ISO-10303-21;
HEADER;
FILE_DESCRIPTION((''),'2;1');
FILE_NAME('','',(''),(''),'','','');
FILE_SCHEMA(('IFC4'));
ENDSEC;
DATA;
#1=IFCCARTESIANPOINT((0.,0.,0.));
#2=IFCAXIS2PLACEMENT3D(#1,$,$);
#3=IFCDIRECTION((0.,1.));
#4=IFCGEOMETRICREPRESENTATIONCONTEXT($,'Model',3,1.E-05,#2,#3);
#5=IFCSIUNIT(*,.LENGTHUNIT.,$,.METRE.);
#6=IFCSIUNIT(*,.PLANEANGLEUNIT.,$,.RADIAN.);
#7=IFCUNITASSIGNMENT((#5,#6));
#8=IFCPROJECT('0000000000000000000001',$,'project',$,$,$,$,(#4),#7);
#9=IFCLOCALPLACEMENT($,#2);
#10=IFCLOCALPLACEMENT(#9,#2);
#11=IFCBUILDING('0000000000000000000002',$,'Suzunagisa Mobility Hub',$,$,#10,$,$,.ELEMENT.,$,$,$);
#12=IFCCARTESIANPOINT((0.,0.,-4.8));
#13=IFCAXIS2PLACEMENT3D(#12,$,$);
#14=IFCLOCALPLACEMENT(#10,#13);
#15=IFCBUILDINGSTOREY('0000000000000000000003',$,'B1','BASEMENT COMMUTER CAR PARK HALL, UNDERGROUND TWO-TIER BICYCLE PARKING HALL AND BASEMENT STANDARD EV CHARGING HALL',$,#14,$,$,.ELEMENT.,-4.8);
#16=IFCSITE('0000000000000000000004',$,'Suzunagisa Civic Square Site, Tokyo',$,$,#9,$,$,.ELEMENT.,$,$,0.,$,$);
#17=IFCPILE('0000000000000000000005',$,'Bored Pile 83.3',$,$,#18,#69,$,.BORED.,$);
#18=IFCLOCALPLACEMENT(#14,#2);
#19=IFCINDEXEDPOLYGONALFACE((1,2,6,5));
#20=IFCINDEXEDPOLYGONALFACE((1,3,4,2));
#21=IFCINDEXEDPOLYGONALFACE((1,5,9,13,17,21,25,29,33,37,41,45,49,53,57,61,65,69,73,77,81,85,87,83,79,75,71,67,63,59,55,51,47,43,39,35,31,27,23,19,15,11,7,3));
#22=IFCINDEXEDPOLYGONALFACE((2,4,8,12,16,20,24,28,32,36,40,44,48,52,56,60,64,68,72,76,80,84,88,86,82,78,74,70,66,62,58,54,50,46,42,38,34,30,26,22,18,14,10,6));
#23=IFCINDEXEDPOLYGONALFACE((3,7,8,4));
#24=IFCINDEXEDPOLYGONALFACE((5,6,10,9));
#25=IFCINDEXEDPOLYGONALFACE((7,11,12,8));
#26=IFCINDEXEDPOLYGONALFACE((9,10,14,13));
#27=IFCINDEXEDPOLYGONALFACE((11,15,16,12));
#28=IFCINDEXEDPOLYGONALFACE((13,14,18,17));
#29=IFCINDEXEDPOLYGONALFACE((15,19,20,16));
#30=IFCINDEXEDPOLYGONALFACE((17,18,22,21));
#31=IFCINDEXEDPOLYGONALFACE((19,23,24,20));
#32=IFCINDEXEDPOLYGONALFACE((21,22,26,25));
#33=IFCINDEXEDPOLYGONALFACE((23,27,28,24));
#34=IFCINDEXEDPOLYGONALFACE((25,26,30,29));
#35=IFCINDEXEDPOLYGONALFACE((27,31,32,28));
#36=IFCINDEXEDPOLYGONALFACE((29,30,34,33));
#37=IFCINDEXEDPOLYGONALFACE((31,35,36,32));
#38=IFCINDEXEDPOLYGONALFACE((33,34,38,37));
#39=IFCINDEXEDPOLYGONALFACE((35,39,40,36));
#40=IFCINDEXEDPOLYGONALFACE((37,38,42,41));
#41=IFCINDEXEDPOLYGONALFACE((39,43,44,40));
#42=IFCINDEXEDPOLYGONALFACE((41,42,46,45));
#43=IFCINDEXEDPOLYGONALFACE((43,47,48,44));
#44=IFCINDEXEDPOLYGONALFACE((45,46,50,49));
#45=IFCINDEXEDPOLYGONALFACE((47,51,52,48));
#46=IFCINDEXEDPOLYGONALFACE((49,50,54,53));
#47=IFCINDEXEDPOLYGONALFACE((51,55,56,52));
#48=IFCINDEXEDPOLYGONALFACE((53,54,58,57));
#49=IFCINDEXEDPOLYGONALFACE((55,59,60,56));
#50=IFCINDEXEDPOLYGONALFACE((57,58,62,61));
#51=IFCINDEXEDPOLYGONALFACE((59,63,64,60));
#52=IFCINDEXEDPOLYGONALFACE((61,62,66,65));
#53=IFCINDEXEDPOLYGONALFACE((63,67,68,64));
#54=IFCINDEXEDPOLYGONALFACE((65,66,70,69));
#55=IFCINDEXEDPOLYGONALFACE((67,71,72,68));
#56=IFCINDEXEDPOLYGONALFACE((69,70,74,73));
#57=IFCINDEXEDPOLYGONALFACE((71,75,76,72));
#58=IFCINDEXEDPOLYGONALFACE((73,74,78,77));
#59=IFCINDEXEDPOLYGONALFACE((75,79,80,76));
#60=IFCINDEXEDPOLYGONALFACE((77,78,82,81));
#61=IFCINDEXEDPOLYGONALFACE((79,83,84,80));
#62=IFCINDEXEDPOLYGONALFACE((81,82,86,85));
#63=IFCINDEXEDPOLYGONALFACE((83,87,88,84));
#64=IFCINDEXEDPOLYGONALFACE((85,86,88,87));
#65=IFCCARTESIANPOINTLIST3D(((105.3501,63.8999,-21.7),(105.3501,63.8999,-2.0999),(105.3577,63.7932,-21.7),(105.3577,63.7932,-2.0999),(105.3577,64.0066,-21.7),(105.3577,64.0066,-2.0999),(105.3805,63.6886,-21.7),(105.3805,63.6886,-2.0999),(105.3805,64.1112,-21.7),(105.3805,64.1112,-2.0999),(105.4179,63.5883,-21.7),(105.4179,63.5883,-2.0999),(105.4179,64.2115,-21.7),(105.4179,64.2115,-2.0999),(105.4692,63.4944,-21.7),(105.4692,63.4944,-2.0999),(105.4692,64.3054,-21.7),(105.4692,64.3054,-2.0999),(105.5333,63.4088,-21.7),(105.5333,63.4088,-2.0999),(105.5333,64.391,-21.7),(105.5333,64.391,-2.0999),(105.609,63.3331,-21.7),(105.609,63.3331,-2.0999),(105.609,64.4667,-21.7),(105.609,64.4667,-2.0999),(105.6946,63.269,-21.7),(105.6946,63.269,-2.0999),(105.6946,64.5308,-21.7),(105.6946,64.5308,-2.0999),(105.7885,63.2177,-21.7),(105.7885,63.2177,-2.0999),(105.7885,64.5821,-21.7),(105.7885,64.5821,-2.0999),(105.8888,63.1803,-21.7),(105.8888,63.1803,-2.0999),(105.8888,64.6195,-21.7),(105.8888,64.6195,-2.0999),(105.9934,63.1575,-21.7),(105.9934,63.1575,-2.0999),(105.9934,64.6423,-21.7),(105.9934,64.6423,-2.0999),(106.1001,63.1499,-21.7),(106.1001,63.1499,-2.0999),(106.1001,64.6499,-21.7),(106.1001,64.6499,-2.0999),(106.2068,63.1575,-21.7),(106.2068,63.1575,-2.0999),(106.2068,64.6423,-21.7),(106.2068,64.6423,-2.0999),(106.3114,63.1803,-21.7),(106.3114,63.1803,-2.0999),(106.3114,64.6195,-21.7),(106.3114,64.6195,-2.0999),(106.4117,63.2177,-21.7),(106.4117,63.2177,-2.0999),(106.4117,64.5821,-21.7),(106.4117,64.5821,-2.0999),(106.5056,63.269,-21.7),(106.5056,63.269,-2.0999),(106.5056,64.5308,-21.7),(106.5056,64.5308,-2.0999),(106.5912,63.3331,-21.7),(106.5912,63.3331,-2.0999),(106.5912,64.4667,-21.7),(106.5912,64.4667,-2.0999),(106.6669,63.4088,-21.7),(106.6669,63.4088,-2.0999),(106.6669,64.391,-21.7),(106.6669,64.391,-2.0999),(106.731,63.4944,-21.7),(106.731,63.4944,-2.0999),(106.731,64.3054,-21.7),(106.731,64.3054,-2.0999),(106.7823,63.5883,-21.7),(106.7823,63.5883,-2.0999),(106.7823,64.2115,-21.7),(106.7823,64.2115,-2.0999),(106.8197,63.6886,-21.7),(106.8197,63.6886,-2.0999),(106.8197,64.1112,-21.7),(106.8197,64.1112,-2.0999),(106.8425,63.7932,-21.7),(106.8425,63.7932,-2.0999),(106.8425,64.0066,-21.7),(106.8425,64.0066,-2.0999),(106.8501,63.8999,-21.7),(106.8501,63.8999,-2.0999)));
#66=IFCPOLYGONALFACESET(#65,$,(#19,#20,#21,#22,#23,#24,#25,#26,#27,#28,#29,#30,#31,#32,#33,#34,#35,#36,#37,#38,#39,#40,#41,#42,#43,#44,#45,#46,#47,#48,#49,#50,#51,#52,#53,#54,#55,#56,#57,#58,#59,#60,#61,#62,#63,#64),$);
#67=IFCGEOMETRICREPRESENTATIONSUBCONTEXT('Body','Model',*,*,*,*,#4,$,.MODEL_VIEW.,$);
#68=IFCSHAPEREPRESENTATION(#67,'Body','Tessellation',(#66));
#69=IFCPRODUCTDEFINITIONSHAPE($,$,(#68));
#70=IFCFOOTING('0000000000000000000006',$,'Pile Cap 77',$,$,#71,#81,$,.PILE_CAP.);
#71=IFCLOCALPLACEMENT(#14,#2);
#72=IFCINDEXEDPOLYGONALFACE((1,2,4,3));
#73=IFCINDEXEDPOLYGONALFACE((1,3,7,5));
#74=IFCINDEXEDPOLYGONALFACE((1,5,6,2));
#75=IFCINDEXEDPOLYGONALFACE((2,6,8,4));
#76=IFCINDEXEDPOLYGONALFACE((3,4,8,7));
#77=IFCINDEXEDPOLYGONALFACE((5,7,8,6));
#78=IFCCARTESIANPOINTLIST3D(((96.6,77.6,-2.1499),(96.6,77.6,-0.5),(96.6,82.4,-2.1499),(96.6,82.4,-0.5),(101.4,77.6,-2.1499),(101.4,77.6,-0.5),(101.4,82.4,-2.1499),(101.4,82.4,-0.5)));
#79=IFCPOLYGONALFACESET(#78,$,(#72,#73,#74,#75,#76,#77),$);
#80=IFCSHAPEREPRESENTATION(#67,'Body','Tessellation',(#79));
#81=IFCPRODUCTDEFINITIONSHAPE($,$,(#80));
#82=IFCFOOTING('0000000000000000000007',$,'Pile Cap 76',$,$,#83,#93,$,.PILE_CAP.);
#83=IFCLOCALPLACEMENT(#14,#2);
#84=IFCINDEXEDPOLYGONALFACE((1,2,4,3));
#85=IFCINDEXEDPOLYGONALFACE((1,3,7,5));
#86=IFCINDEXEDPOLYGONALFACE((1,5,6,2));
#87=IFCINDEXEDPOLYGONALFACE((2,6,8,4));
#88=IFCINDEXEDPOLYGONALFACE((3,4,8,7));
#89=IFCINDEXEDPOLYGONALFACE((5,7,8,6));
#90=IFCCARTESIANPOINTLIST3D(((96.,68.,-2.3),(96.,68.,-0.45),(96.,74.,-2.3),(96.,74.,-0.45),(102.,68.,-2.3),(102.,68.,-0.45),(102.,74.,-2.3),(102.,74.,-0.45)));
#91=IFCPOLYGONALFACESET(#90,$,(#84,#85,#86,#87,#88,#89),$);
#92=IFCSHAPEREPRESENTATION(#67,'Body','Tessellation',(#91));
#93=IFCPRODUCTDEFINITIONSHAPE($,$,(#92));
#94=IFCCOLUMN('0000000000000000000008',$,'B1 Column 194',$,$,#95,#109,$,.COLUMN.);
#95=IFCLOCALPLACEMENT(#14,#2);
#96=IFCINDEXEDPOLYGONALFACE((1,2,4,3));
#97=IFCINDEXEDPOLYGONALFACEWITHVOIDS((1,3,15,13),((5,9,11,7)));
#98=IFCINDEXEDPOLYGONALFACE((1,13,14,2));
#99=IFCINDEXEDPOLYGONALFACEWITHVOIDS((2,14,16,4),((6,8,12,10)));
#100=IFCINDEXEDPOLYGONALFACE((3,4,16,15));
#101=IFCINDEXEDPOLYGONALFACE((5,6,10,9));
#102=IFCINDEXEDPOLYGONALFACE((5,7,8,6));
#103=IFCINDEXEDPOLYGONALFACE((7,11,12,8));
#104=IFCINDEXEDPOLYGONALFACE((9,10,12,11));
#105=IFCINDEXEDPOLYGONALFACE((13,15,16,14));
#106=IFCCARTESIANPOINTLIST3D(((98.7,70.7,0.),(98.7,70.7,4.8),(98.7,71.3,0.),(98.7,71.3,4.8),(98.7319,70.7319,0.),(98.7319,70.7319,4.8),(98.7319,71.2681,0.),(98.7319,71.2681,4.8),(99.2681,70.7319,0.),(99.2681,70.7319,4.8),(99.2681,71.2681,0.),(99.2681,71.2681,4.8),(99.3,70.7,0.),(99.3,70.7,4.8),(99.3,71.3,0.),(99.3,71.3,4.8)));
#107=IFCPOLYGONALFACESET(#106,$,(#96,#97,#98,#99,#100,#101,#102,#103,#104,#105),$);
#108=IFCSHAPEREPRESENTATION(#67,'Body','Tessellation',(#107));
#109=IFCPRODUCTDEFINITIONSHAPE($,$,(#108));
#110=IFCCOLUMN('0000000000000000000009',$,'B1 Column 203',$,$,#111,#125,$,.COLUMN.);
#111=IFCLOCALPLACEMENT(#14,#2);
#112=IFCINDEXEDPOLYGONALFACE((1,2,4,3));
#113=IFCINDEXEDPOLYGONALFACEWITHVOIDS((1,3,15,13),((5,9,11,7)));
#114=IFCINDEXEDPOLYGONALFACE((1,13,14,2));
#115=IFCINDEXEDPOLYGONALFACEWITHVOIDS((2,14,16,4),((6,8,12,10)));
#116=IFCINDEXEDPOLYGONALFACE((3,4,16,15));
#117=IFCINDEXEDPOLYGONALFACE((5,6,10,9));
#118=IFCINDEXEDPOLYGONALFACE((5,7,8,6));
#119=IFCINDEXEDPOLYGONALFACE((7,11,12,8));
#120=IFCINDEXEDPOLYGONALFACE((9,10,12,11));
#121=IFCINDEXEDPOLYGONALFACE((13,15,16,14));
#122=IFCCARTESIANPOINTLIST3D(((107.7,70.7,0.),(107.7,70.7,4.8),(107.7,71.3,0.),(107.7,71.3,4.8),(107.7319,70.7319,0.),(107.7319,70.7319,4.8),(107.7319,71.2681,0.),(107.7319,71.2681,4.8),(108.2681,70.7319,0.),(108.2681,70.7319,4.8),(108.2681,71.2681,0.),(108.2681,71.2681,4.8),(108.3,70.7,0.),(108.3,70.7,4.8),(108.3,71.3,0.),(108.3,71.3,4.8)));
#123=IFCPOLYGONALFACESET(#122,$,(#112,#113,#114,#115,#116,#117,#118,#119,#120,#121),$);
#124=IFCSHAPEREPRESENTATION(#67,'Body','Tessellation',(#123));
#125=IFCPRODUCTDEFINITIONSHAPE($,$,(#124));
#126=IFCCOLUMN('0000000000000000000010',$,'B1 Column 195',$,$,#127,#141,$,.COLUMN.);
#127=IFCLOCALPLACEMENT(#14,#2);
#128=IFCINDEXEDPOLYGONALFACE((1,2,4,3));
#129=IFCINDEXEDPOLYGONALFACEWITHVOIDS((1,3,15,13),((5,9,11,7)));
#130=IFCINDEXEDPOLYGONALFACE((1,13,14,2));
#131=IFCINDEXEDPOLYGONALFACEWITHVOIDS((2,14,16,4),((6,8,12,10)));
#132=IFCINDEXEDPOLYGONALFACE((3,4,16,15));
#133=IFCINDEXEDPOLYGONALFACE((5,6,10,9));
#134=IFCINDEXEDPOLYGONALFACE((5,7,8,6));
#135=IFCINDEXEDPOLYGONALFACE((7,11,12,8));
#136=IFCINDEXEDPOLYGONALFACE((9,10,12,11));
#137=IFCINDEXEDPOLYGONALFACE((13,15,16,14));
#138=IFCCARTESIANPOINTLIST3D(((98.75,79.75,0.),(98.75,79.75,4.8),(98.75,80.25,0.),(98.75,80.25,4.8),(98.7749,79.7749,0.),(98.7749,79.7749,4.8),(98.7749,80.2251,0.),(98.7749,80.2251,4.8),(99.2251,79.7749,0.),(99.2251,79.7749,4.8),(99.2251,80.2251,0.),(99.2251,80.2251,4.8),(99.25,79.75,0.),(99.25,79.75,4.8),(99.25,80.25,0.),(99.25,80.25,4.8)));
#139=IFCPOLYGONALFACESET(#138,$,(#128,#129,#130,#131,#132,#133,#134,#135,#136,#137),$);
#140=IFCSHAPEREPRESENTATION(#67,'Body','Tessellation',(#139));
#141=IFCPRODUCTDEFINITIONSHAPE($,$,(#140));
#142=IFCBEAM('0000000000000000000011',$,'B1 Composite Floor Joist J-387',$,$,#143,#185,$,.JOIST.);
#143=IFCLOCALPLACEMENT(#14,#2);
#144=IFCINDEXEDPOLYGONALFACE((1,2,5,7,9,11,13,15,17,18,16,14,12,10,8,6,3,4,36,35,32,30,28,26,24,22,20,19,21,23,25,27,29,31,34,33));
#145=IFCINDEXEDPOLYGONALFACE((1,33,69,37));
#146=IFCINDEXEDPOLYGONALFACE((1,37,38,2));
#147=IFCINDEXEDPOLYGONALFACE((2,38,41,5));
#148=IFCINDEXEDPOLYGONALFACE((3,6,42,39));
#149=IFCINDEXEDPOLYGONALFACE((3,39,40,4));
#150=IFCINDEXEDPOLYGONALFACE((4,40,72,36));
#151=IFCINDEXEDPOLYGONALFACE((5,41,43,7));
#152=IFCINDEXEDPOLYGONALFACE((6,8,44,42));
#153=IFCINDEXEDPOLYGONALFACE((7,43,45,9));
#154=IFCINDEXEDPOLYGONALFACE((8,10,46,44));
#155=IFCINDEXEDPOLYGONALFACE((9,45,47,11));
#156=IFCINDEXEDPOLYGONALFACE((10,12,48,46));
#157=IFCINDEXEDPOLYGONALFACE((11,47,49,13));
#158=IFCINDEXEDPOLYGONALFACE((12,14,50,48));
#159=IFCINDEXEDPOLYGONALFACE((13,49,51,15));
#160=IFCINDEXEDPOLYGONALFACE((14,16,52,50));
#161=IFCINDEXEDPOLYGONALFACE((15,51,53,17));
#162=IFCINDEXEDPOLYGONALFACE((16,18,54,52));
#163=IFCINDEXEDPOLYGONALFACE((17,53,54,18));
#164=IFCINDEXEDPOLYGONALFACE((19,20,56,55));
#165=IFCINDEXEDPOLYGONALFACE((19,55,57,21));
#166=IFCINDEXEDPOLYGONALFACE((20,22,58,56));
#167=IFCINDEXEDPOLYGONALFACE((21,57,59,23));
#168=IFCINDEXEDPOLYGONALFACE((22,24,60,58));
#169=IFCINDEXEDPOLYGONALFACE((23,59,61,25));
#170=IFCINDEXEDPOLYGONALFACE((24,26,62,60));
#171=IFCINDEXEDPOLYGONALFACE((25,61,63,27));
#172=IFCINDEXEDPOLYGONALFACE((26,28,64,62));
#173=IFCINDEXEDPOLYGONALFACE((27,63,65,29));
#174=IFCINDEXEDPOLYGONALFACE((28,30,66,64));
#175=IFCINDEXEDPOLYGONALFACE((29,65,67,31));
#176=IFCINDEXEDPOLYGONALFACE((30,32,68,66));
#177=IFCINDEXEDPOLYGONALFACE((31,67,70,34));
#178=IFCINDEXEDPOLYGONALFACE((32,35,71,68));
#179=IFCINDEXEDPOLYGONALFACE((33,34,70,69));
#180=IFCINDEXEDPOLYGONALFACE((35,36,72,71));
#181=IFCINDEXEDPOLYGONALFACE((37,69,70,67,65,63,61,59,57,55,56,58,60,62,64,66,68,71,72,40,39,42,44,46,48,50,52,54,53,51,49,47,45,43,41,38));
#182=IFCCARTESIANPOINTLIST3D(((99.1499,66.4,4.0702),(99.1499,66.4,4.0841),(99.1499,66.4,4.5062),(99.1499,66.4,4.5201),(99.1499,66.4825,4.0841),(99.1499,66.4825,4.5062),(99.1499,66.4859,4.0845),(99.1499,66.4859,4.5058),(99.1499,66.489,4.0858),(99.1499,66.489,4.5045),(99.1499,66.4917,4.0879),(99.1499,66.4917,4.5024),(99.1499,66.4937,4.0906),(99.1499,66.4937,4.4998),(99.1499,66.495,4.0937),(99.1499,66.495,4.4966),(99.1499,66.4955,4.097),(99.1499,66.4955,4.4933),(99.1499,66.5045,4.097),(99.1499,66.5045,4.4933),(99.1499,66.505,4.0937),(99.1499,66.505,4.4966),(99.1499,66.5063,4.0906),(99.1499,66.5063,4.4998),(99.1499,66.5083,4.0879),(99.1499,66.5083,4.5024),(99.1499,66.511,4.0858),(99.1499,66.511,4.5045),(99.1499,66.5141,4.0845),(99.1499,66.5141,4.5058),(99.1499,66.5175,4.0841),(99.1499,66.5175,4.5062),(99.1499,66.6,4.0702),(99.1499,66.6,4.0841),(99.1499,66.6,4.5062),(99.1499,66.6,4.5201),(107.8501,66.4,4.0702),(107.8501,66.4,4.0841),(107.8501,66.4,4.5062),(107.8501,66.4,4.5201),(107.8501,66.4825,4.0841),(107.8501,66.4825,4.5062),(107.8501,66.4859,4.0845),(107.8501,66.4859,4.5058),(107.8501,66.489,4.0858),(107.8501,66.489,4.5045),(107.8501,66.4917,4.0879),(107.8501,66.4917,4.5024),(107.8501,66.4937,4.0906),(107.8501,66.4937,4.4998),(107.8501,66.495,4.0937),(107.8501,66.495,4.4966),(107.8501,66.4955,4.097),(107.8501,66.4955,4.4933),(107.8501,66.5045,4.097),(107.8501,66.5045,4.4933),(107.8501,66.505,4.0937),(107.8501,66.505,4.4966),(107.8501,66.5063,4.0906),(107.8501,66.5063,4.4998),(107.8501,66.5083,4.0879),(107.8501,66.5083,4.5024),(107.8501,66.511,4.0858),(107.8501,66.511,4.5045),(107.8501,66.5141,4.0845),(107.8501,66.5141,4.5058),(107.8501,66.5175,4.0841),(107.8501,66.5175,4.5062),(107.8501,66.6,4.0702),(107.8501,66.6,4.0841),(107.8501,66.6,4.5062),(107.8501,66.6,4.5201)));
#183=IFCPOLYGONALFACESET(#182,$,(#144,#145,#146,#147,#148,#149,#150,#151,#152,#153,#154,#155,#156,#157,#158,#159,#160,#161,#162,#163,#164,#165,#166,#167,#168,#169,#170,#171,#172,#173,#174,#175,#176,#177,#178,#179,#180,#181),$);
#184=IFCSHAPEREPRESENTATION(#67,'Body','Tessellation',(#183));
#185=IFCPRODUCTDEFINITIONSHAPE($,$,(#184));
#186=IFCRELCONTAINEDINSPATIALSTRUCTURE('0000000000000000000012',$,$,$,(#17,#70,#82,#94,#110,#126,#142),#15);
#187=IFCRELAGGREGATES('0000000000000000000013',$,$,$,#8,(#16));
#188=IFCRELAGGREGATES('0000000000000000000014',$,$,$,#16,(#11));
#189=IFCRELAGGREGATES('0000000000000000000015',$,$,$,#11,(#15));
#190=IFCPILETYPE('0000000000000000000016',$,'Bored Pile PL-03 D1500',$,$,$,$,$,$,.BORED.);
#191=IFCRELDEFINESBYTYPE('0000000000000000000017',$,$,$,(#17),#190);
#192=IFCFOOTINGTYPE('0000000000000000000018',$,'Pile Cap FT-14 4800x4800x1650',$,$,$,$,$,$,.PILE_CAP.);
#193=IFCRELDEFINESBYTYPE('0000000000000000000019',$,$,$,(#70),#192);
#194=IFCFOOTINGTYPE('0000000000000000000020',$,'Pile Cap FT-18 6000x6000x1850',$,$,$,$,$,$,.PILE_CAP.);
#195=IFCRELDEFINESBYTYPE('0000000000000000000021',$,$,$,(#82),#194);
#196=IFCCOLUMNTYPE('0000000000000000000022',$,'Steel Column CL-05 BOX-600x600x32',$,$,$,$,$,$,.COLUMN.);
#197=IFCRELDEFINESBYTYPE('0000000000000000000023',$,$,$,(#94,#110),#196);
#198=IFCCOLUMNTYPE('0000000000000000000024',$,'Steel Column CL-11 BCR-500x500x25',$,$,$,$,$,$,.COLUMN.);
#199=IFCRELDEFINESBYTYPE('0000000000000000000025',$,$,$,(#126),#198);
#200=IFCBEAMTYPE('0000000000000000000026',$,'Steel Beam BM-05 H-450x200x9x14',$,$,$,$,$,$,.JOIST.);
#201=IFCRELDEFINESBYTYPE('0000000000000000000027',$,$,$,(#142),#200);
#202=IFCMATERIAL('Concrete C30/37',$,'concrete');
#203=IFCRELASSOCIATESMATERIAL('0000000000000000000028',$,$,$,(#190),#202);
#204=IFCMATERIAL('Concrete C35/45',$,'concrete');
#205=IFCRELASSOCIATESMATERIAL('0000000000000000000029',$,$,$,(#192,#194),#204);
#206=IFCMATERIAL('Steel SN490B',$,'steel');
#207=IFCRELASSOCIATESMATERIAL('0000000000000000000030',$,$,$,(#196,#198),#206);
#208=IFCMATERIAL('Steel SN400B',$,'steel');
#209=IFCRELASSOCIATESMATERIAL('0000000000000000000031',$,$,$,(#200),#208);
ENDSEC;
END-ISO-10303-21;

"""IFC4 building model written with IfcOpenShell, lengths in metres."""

from ifc_helpers import new_model, si_unit, direction, frame, origin, origin_2d, place, context, subcontext, project, spatial, rectangle, hollow_rectangle, circle, i_section, extrude, material, material_profile, profile_set, type_object, element, save


model = new_model("IFC4")

# Units and contexts
model_context = context("Model", 3, precision=1e-05, world=origin(), true_north=direction((0.0, 1.0)))
body_context = subcontext(model_context, "Body", "Model", "MODEL_VIEW")
ifc_project = project(units=[si_unit("LENGTHUNIT", "METRE"), si_unit("PLANEANGLEUNIT", "RADIAN")], contexts=[model_context])

# Site, building, storey
site_placement = place(None, origin())
site = spatial("IfcSite", under=ifc_project, at=site_placement, Name="Suzunagisa Civic Square Site, Tokyo", CompositionType="ELEMENT", RefElevation=0.0)
building_placement = place(site_placement, origin())
building = spatial("IfcBuilding", under=site, at=building_placement, Name="Suzunagisa Mobility Hub", CompositionType="ELEMENT")
storey_placement = place(building_placement, frame((0.0, 0.0, -4.8)))
storey = spatial("IfcBuildingStorey", under=building, at=storey_placement, Name="B1", Description="BASEMENT COMMUTER CAR PARK HALL, UNDERGROUND TWO-TIER BICYCLE PARKING HALL AND BASEMENT STANDARD EV CHARGING HALL", CompositionType="ELEMENT", Elevation=-4.8)

# Pile
ifc_material_1 = material(Name="Concrete C30/37", Category="concrete")
ifc_material_profile_1 = material_profile(ifc_material_1, circle(Radius=0.75, at=origin_2d()), Name="BORED PILE D1500")
ifc_profile_set_1 = profile_set([ifc_material_profile_1], Name="Concrete C30/37")
pile_type_1 = type_object("IfcPileType", Name="Bored Pile PL-03 D1500", PredefinedType="BORED", material=ifc_profile_set_1)
pile_1_placement = place(storey_placement, frame((106.1001, 63.8999, -2.0999), z_axis=(0.0, 0.0, -1.0), x_axis=(1.0, 0.0, 0.0)))
element("IfcPile", 1, at=pile_1_placement, inside=storey, type_object=pile_type_1, Name="Bored Pile 83.3", PredefinedType="BORED", context=body_context, shape_type="SweptSolid", body=[
    extrude(circle(Radius=0.75, at=origin_2d()), origin(), (0.0, 0.0, 1.0), 19.6001),
])

# Footings
ifc_material_2 = material(Name="Concrete C35/45", Category="concrete")
footing_type_1 = type_object("IfcFootingType", Name="Pile Cap FT-14 4800x4800x1650", PredefinedType="PILE_CAP", material=ifc_material_2)
footing_1_placement = place(storey_placement, frame((99.0, 80.0, -2.1499), z_axis=(0.0, 0.0, 1.0), x_axis=(1.0, 0.0, 0.0)))
element("IfcFooting", 2, at=footing_1_placement, inside=storey, type_object=footing_type_1, Name="Pile Cap 77", PredefinedType="PILE_CAP", context=body_context, shape_type="SweptSolid", body=[
    extrude(rectangle(XDim=4.8, YDim=4.8, at=origin_2d()), origin(), (0.0, 0.0, 1.0), 1.6499),
])
footing_type_2 = type_object("IfcFootingType", Name="Pile Cap FT-18 6000x6000x1850", PredefinedType="PILE_CAP", material=ifc_material_2)
footing_2_placement = place(storey_placement, frame((99.0, 71.0, -2.3), z_axis=(0.0, 0.0, 1.0), x_axis=(1.0, 0.0, 0.0)))
element("IfcFooting", 3, at=footing_2_placement, inside=storey, type_object=footing_type_2, Name="Pile Cap 76", PredefinedType="PILE_CAP", context=body_context, shape_type="SweptSolid", body=[
    extrude(rectangle(XDim=6.0, YDim=6.0, at=origin_2d()), origin(), (0.0, 0.0, 1.0), 1.8501),
])

# Columns
ifc_material_3 = material(Name="Steel SN490B", Category="steel")
ifc_material_profile_2 = material_profile(ifc_material_3, hollow_rectangle(XDim=0.6001, YDim=0.6001, WallThickness=0.032, at=origin_2d()), Name="BOX-600x600x32")
ifc_profile_set_2 = profile_set([ifc_material_profile_2], Name="Steel SN490B")
column_type_1 = type_object("IfcColumnType", Name="Steel Column CL-05 BOX-600x600x32", PredefinedType="COLUMN", material=ifc_profile_set_2)
for number, where, z_axis, x_axis, name in (
    (4, (99.0, 71.0, 0.0), (0.0, 0.0, 1.0), (1.0, 0.0, 0.0), "B1 Column 194"),
    (5, (108.0, 71.0, 0.0), (0.0, 0.0, 1.0), (1.0, 0.0, 0.0), "B1 Column 203"),
):
    element("IfcColumn", number, at=place(storey_placement, frame(where, z_axis=z_axis, x_axis=x_axis)), inside=storey, type_object=column_type_1, Name=name, PredefinedType="COLUMN", context=body_context, shape_type="SweptSolid", body=[
        extrude(hollow_rectangle(XDim=0.6001, YDim=0.6001, WallThickness=0.032, at=origin_2d()), origin(), (0.0, 0.0, 1.0), 4.8),
    ])
ifc_material_profile_3 = material_profile(ifc_material_3, hollow_rectangle(XDim=0.5, YDim=0.5, WallThickness=0.0249, at=origin_2d()), Name="BCR-500x500x25")
ifc_profile_set_3 = profile_set([ifc_material_profile_3], Name="Steel SN490B")
column_type_2 = type_object("IfcColumnType", Name="Steel Column CL-11 BCR-500x500x25", PredefinedType="COLUMN", material=ifc_profile_set_3)
column_placement = place(storey_placement, frame((99.0, 80.0, 0.0), z_axis=(0.0, 0.0, 1.0), x_axis=(1.0, 0.0, 0.0)))
element("IfcColumn", 6, at=column_placement, inside=storey, type_object=column_type_2, Name="B1 Column 195", PredefinedType="COLUMN", context=body_context, shape_type="SweptSolid", body=[
    extrude(hollow_rectangle(XDim=0.5, YDim=0.5, WallThickness=0.0249, at=origin_2d()), origin(), (0.0, 0.0, 1.0), 4.8),
])

# Beam
ifc_material_4 = material(Name="Steel SN400B", Category="steel")
ifc_material_profile_4 = material_profile(ifc_material_4, i_section(OverallWidth=0.2, OverallDepth=0.45, WebThickness=0.009, FlangeThickness=0.0139, FilletRadius=0.0129, at=origin_2d()), Name="H-450x200x9x14")
ifc_profile_set_4 = profile_set([ifc_material_profile_4], Name="Steel SN400B")
beam_type_1 = type_object("IfcBeamType", Name="Steel Beam BM-05 H-450x200x9x14", PredefinedType="JOIST", material=ifc_profile_set_4)
beam_1_placement = place(storey_placement, frame((99.1499, 66.5, 4.2952), z_axis=(1.0, 0.0, 0.0), x_axis=(0.0, 1.0, 0.0)))
element("IfcBeam", 7, at=beam_1_placement, inside=storey, type_object=beam_type_1, Name="B1 Composite Floor Joist J-387", PredefinedType="JOIST", context=body_context, shape_type="SweptSolid", body=[
    extrude(i_section(OverallWidth=0.2, OverallDepth=0.45, WebThickness=0.009, FlangeThickness=0.0139, FilletRadius=0.0129, at=origin_2d()), origin(), (0.0, 0.0, 1.0), 8.7002),
])

save(model, "model.ifc")
